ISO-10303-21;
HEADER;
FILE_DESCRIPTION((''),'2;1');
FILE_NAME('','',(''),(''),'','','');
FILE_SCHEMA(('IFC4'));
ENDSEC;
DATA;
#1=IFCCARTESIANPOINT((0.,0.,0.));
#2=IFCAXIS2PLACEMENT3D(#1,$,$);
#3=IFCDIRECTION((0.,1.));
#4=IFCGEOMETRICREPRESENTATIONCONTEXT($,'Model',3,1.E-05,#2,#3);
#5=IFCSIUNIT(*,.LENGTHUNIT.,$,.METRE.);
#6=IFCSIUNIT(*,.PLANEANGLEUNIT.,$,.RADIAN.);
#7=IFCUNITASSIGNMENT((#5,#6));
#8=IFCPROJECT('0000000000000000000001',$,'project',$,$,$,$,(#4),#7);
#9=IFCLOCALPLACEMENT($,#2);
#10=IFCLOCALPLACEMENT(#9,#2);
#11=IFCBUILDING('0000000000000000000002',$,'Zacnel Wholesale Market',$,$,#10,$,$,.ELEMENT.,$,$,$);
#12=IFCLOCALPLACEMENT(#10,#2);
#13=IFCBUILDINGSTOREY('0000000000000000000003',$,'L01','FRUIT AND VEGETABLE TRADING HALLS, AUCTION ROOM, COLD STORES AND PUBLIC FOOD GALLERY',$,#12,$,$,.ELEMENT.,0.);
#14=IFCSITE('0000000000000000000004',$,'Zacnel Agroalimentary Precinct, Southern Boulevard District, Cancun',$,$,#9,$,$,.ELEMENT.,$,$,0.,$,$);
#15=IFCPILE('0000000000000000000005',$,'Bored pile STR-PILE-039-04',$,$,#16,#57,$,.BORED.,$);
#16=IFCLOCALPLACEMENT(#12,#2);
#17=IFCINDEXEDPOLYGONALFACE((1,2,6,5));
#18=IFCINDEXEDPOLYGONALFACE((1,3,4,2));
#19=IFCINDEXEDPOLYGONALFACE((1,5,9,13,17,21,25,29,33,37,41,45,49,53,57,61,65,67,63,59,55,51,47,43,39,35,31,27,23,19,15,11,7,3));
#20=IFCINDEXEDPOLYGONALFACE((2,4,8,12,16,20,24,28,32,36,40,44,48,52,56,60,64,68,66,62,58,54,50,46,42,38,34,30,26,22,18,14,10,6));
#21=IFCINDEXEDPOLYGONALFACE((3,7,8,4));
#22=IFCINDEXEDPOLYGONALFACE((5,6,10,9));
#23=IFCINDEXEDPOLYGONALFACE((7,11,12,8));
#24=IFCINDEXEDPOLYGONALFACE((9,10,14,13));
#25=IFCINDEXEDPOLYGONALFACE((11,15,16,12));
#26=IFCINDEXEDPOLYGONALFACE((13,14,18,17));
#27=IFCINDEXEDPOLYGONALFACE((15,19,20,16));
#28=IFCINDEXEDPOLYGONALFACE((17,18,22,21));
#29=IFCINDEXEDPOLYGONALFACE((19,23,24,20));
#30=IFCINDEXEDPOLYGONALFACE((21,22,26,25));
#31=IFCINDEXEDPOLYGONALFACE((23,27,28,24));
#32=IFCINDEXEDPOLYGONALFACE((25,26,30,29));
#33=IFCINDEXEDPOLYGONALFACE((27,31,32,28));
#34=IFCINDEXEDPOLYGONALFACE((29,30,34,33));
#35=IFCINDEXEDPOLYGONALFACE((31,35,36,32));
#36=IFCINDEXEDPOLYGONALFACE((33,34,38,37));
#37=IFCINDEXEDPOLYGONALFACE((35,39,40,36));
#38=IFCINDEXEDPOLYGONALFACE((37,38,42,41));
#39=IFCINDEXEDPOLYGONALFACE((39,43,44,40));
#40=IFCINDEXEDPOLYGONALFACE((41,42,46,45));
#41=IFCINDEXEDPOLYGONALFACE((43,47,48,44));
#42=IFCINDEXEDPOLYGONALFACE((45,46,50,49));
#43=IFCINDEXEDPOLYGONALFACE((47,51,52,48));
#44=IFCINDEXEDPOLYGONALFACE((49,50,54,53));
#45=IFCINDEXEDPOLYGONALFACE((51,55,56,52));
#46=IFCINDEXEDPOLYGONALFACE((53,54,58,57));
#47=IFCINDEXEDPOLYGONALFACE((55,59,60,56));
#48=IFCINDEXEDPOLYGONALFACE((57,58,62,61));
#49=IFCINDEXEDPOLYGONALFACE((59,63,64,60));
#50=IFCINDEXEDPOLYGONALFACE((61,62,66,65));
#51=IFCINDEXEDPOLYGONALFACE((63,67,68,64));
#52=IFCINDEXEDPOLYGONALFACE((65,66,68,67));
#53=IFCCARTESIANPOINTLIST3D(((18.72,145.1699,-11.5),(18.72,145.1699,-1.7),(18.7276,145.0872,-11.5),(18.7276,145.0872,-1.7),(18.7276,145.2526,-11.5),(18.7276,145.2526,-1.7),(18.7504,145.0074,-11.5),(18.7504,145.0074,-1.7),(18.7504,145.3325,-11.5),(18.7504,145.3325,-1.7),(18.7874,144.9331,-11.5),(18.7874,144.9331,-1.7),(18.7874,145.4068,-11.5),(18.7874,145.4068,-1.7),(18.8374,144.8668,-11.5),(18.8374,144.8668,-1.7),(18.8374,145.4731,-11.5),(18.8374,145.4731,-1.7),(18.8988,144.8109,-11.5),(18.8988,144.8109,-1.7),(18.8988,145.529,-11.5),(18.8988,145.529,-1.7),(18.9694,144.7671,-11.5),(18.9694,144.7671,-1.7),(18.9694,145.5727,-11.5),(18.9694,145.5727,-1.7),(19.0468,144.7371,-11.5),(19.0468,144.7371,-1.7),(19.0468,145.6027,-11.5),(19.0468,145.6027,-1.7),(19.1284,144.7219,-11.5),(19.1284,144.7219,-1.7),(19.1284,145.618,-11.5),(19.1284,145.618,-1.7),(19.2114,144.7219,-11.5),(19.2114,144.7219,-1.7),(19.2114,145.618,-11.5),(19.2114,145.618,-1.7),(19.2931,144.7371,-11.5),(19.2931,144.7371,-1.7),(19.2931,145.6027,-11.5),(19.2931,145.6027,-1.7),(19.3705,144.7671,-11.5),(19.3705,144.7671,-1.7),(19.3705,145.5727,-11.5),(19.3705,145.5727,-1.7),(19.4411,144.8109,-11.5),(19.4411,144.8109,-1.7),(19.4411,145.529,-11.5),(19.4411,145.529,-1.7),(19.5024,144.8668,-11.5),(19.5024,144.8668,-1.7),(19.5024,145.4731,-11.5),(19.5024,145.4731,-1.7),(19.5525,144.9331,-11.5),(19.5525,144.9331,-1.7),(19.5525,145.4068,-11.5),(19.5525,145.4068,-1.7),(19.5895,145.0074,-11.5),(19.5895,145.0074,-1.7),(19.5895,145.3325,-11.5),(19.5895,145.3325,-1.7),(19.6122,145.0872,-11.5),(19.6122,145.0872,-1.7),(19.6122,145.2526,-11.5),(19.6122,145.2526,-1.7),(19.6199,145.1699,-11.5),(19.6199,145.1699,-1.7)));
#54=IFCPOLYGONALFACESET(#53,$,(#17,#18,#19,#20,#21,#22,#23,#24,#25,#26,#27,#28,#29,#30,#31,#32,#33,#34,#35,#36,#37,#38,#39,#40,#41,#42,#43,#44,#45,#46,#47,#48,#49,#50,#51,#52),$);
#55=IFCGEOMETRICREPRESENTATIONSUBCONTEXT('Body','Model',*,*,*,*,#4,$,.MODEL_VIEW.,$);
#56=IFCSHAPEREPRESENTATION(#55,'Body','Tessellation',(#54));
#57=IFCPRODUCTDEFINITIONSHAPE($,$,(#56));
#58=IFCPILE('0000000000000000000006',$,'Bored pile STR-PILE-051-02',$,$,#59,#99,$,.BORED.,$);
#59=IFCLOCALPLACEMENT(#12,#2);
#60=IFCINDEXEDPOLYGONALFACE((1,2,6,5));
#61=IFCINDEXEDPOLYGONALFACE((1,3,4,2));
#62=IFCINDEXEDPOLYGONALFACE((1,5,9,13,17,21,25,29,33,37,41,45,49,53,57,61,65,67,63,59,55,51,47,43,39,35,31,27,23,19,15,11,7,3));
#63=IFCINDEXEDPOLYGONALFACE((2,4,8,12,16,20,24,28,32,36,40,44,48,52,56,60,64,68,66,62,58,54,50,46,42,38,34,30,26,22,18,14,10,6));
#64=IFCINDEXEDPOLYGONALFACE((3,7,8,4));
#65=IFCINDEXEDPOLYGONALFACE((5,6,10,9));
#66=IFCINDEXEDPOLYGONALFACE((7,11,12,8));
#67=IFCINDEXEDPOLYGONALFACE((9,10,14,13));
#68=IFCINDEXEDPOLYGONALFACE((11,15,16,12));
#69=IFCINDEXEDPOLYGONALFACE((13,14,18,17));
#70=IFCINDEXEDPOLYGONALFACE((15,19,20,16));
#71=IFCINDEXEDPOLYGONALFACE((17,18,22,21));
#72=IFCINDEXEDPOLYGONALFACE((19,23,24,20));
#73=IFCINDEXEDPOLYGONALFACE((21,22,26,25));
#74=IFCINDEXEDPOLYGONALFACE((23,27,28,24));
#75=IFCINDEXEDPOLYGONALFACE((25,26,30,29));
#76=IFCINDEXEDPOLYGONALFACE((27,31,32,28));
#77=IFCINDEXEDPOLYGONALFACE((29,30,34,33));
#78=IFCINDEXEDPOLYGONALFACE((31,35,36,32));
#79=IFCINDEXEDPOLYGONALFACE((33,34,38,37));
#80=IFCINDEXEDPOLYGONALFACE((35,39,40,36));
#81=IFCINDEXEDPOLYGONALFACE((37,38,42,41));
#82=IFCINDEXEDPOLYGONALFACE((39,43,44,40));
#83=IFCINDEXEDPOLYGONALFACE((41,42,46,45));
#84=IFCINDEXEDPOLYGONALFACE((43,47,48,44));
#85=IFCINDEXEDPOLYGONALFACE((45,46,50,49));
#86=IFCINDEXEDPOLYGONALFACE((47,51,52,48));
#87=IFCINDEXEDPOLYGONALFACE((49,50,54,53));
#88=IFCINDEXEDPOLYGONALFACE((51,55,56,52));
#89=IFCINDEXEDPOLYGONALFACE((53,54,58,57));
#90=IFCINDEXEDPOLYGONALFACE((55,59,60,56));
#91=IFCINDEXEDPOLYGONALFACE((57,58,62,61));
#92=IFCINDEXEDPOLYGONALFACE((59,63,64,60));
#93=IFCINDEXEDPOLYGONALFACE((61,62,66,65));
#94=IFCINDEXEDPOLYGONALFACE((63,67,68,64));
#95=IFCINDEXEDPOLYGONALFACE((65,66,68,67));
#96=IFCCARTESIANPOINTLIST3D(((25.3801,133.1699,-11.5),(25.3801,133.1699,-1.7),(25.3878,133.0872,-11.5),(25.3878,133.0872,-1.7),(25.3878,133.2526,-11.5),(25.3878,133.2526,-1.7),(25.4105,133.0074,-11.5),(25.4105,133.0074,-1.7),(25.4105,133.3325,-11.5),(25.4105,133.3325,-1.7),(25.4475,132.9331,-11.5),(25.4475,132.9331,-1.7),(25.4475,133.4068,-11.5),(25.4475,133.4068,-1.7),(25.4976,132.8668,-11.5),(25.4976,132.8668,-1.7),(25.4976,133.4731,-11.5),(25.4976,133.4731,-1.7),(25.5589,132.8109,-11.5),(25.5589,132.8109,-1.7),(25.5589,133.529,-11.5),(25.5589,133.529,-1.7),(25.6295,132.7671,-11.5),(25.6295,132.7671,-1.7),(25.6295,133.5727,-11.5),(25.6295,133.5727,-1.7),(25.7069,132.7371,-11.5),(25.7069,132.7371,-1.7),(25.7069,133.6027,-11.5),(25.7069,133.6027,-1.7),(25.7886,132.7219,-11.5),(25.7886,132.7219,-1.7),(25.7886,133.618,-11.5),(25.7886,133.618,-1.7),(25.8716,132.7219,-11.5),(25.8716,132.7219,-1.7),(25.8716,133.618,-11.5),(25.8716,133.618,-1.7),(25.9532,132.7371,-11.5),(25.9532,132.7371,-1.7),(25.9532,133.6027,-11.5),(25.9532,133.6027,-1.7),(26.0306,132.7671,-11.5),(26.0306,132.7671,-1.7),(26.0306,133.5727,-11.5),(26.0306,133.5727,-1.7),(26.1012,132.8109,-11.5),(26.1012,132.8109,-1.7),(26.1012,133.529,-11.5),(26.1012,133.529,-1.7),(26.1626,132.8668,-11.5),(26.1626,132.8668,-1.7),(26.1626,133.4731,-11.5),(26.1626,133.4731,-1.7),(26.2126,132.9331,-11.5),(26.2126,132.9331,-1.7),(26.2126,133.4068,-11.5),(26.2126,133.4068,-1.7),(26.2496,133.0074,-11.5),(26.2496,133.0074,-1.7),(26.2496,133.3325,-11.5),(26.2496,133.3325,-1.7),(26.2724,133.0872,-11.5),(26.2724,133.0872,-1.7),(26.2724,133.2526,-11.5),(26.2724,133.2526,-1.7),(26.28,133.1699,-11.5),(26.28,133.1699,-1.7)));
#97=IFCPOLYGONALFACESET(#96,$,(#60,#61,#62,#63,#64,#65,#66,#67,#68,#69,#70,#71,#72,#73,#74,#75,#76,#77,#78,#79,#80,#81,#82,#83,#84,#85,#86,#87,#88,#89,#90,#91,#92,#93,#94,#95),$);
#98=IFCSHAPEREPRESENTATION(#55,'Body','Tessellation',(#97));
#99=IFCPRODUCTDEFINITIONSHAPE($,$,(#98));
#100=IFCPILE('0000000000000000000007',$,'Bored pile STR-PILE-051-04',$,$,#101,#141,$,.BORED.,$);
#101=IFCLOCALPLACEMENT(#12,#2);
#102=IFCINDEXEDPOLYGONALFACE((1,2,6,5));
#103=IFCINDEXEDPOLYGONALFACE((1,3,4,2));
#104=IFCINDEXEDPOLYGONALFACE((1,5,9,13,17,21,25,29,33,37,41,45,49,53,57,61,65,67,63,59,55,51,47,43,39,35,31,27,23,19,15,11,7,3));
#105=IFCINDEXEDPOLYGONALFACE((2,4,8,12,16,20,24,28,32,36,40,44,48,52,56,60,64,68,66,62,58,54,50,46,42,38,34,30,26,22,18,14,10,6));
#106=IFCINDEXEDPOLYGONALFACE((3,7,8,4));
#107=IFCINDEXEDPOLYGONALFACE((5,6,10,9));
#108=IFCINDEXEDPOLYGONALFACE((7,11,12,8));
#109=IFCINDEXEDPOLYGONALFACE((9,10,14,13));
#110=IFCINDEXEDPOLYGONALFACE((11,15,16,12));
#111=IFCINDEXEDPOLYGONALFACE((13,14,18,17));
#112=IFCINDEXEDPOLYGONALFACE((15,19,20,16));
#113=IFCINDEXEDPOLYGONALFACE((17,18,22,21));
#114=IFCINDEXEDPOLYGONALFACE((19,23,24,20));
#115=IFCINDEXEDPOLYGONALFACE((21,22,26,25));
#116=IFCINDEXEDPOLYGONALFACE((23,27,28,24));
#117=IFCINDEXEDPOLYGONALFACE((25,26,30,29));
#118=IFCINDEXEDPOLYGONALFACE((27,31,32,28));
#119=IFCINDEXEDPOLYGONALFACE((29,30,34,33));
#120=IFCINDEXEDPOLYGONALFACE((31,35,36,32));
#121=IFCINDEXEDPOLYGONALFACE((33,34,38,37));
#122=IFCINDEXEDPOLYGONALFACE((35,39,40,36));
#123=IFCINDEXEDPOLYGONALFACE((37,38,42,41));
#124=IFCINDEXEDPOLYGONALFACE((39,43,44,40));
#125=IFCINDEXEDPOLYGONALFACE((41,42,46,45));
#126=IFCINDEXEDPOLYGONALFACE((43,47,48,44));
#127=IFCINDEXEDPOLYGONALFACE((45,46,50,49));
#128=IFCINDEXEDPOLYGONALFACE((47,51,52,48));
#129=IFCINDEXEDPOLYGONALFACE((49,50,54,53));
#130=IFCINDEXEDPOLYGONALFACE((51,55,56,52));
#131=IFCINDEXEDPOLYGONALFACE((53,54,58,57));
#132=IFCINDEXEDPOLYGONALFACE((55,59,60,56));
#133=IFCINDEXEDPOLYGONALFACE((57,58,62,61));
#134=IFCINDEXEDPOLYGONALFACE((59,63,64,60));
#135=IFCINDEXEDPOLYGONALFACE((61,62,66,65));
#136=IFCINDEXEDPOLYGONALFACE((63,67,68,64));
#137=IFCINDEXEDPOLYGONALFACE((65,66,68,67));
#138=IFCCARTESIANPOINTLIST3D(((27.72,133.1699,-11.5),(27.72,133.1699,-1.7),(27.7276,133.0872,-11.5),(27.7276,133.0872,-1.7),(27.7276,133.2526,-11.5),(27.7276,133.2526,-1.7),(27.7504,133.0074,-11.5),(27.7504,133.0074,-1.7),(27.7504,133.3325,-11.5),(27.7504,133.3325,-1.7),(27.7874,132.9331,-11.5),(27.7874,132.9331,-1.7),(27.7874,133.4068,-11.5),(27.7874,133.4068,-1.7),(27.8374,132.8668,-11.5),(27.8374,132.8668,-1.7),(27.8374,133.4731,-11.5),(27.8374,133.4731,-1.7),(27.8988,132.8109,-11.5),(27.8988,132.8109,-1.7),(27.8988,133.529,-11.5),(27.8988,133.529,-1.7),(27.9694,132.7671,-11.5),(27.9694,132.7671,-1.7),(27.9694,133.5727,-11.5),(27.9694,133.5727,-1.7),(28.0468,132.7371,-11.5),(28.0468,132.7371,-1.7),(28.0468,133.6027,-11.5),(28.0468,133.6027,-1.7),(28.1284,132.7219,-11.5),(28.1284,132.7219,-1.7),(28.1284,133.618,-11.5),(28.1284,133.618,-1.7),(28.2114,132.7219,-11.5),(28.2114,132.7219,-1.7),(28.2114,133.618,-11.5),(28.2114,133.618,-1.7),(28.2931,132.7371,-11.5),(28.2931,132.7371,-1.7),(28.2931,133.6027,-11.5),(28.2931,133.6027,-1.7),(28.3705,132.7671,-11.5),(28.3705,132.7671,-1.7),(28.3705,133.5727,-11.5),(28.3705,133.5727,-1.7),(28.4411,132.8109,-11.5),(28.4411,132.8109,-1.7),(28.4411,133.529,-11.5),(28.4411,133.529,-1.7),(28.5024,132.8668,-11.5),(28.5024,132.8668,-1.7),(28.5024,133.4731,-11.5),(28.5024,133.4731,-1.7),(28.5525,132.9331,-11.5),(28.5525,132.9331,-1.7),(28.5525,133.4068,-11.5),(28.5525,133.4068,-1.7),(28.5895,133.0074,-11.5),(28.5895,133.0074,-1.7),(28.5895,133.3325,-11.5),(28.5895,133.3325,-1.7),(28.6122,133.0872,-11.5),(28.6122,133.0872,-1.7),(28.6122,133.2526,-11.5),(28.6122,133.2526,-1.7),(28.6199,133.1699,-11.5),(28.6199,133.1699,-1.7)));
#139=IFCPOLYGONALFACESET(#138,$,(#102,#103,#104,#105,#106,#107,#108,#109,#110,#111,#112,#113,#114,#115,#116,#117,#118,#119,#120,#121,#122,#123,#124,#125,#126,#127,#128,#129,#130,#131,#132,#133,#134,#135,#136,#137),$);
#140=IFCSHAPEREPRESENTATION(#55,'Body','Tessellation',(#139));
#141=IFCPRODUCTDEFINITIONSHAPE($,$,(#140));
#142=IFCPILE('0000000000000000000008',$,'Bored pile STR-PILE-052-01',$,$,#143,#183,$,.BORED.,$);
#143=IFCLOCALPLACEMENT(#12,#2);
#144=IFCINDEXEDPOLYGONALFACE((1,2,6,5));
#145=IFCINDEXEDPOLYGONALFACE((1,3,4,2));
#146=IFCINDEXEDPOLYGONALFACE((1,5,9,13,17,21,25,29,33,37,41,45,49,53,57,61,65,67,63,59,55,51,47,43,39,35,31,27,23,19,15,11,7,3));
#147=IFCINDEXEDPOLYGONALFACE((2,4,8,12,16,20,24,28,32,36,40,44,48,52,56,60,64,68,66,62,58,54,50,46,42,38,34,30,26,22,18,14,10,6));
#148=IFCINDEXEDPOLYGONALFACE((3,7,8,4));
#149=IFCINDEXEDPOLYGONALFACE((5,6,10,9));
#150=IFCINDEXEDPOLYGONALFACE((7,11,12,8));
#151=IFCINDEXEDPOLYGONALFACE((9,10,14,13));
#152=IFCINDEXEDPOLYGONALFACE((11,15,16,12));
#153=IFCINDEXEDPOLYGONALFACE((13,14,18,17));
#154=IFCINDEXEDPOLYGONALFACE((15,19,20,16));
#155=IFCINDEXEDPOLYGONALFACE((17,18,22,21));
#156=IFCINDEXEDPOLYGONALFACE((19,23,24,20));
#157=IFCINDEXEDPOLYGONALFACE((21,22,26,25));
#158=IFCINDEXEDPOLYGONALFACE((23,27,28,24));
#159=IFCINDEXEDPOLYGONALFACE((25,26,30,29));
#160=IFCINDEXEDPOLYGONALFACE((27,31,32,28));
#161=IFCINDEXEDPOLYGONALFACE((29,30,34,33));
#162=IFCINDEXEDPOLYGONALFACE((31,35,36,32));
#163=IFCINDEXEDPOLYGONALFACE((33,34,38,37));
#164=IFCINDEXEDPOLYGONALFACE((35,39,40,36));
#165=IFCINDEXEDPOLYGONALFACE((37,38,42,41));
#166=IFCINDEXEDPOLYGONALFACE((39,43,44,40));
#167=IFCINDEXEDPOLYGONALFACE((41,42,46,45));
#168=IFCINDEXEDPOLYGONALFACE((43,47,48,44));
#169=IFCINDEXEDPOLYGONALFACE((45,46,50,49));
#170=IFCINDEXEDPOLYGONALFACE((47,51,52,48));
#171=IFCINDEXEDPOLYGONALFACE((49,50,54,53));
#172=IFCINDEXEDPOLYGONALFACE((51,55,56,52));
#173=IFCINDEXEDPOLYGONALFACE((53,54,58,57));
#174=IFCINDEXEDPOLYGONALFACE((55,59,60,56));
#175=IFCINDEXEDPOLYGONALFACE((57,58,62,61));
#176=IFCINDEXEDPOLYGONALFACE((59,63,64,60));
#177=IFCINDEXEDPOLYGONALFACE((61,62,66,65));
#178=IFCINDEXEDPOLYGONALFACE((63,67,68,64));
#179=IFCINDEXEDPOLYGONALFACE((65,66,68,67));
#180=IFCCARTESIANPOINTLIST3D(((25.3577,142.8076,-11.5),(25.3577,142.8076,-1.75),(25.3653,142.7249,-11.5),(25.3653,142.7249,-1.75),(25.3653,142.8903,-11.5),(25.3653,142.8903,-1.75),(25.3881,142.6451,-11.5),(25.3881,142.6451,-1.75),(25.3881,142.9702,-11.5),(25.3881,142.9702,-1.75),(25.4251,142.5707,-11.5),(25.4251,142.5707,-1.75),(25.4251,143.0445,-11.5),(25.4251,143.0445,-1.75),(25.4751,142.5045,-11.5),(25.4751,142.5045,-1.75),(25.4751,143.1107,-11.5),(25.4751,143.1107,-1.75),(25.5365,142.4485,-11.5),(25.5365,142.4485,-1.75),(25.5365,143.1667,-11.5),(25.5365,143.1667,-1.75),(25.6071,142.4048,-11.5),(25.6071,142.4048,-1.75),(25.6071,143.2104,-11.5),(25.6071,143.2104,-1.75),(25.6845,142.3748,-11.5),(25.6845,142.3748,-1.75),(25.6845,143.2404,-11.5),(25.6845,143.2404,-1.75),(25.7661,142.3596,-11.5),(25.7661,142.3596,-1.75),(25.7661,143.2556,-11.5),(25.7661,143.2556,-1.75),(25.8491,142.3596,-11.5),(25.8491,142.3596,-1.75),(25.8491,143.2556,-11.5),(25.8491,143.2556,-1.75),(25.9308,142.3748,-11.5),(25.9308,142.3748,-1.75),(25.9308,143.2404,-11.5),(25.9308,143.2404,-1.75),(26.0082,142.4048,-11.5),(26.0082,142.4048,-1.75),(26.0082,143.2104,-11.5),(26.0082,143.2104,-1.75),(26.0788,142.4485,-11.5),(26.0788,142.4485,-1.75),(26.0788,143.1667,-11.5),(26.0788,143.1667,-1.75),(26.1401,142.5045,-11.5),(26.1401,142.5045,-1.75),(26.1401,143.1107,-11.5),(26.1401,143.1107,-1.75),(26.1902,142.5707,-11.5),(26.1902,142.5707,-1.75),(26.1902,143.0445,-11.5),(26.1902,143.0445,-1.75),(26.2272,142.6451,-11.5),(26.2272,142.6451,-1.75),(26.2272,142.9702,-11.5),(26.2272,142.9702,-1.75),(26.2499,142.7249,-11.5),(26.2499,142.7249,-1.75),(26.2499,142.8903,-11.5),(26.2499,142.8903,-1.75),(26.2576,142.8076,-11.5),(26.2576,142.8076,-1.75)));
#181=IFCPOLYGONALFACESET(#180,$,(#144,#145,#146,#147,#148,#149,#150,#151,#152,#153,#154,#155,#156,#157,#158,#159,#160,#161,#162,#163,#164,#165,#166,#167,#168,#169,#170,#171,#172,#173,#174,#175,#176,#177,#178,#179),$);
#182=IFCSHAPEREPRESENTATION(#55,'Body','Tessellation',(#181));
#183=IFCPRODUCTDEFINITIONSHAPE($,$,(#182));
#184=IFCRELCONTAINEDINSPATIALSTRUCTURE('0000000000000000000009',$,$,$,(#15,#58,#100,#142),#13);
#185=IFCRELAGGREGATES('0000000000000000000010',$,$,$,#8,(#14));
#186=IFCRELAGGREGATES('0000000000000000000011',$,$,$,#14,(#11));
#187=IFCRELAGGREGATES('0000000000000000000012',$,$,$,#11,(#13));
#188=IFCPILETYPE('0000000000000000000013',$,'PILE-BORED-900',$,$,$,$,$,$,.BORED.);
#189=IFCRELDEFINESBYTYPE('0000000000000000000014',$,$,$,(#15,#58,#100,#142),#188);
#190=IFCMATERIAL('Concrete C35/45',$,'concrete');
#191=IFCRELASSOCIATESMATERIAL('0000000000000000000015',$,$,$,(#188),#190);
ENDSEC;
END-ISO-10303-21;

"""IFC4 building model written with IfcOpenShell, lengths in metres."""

from ifc_helpers import new_model, si_unit, direction, frame, origin, origin_2d, place, context, subcontext, project, spatial, circle, extrude, material, material_profile, profile_set, type_object, element, save


model = new_model("IFC4")

# Units and contexts
model_context = context("Model", 3, precision=1e-05, world=origin(), true_north=direction((0.0, 1.0)))
body_context = subcontext(model_context, "Body", "Model", "MODEL_VIEW")
ifc_project = project(units=[si_unit("LENGTHUNIT", "METRE"), si_unit("PLANEANGLEUNIT", "RADIAN")], contexts=[model_context])

# Site, building, storey
site_placement = place(None, origin())
site = spatial("IfcSite", under=ifc_project, at=site_placement, Name="Zacnel Agroalimentary Precinct, Southern Boulevard District, Cancun", CompositionType="ELEMENT", RefElevation=0.0)
building_placement = place(site_placement, origin())
building = spatial("IfcBuilding", under=site, at=building_placement, Name="Zacnel Wholesale Market", CompositionType="ELEMENT")
storey_placement = place(building_placement, origin())
storey = spatial("IfcBuildingStorey", under=building, at=storey_placement, Name="L01", Description="FRUIT AND VEGETABLE TRADING HALLS, AUCTION ROOM, COLD STORES AND PUBLIC FOOD GALLERY", CompositionType="ELEMENT", Elevation=0.0)

# Piles
ifc_material_1 = material(Name="Concrete C35/45", Category="concrete")
ifc_material_profile_1 = material_profile(ifc_material_1, circle(Radius=0.45, at=origin_2d()), Name="BORED PILE D900")
ifc_profile_set_1 = profile_set([ifc_material_profile_1], Name="Concrete C35/45")
pile_type = type_object("IfcPileType", Name="PILE-BORED-900", PredefinedType="BORED", material=ifc_profile_set_1)
for number, where, z_axis, x_axis, name in (
    (1, (19.1699, 145.1699, -1.7), (0.0, 0.0, -1.0), (1.0, 0.0, 0.0), "Bored pile STR-PILE-039-04"),
    (2, (25.8301, 133.1699, -1.7), (0.0, 0.0, -1.0), (1.0, 0.0, 0.0), "Bored pile STR-PILE-051-02"),
    (3, (28.1699, 133.1699, -1.7), (0.0, 0.0, -1.0), (1.0, 0.0, 0.0), "Bored pile STR-PILE-051-04"),
):
    element("IfcPile", number, at=place(storey_placement, frame(where, z_axis=z_axis, x_axis=x_axis)), inside=storey, type_object=pile_type, Name=name, PredefinedType="BORED", context=body_context, shape_type="SweptSolid", body=[
        extrude(circle(Radius=0.45, at=origin_2d()), origin(), (0.0, 0.0, 1.0), 9.8),
    ])
for number, where, z_axis, x_axis, name in (
    (4, (25.8076, 142.8076, -1.75), (0.0, 0.0, -1.0), (1.0, 0.0, 0.0), "Bored pile STR-PILE-052-01"),
):
    element("IfcPile", number, at=place(storey_placement, frame(where, z_axis=z_axis, x_axis=x_axis)), inside=storey, type_object=pile_type, Name=name, PredefinedType="BORED", context=body_context, shape_type="SweptSolid", body=[
        extrude(circle(Radius=0.45, at=origin_2d()), origin(), (0.0, 0.0, 1.0), 9.75),
    ])

save(model, "model.ifc")
